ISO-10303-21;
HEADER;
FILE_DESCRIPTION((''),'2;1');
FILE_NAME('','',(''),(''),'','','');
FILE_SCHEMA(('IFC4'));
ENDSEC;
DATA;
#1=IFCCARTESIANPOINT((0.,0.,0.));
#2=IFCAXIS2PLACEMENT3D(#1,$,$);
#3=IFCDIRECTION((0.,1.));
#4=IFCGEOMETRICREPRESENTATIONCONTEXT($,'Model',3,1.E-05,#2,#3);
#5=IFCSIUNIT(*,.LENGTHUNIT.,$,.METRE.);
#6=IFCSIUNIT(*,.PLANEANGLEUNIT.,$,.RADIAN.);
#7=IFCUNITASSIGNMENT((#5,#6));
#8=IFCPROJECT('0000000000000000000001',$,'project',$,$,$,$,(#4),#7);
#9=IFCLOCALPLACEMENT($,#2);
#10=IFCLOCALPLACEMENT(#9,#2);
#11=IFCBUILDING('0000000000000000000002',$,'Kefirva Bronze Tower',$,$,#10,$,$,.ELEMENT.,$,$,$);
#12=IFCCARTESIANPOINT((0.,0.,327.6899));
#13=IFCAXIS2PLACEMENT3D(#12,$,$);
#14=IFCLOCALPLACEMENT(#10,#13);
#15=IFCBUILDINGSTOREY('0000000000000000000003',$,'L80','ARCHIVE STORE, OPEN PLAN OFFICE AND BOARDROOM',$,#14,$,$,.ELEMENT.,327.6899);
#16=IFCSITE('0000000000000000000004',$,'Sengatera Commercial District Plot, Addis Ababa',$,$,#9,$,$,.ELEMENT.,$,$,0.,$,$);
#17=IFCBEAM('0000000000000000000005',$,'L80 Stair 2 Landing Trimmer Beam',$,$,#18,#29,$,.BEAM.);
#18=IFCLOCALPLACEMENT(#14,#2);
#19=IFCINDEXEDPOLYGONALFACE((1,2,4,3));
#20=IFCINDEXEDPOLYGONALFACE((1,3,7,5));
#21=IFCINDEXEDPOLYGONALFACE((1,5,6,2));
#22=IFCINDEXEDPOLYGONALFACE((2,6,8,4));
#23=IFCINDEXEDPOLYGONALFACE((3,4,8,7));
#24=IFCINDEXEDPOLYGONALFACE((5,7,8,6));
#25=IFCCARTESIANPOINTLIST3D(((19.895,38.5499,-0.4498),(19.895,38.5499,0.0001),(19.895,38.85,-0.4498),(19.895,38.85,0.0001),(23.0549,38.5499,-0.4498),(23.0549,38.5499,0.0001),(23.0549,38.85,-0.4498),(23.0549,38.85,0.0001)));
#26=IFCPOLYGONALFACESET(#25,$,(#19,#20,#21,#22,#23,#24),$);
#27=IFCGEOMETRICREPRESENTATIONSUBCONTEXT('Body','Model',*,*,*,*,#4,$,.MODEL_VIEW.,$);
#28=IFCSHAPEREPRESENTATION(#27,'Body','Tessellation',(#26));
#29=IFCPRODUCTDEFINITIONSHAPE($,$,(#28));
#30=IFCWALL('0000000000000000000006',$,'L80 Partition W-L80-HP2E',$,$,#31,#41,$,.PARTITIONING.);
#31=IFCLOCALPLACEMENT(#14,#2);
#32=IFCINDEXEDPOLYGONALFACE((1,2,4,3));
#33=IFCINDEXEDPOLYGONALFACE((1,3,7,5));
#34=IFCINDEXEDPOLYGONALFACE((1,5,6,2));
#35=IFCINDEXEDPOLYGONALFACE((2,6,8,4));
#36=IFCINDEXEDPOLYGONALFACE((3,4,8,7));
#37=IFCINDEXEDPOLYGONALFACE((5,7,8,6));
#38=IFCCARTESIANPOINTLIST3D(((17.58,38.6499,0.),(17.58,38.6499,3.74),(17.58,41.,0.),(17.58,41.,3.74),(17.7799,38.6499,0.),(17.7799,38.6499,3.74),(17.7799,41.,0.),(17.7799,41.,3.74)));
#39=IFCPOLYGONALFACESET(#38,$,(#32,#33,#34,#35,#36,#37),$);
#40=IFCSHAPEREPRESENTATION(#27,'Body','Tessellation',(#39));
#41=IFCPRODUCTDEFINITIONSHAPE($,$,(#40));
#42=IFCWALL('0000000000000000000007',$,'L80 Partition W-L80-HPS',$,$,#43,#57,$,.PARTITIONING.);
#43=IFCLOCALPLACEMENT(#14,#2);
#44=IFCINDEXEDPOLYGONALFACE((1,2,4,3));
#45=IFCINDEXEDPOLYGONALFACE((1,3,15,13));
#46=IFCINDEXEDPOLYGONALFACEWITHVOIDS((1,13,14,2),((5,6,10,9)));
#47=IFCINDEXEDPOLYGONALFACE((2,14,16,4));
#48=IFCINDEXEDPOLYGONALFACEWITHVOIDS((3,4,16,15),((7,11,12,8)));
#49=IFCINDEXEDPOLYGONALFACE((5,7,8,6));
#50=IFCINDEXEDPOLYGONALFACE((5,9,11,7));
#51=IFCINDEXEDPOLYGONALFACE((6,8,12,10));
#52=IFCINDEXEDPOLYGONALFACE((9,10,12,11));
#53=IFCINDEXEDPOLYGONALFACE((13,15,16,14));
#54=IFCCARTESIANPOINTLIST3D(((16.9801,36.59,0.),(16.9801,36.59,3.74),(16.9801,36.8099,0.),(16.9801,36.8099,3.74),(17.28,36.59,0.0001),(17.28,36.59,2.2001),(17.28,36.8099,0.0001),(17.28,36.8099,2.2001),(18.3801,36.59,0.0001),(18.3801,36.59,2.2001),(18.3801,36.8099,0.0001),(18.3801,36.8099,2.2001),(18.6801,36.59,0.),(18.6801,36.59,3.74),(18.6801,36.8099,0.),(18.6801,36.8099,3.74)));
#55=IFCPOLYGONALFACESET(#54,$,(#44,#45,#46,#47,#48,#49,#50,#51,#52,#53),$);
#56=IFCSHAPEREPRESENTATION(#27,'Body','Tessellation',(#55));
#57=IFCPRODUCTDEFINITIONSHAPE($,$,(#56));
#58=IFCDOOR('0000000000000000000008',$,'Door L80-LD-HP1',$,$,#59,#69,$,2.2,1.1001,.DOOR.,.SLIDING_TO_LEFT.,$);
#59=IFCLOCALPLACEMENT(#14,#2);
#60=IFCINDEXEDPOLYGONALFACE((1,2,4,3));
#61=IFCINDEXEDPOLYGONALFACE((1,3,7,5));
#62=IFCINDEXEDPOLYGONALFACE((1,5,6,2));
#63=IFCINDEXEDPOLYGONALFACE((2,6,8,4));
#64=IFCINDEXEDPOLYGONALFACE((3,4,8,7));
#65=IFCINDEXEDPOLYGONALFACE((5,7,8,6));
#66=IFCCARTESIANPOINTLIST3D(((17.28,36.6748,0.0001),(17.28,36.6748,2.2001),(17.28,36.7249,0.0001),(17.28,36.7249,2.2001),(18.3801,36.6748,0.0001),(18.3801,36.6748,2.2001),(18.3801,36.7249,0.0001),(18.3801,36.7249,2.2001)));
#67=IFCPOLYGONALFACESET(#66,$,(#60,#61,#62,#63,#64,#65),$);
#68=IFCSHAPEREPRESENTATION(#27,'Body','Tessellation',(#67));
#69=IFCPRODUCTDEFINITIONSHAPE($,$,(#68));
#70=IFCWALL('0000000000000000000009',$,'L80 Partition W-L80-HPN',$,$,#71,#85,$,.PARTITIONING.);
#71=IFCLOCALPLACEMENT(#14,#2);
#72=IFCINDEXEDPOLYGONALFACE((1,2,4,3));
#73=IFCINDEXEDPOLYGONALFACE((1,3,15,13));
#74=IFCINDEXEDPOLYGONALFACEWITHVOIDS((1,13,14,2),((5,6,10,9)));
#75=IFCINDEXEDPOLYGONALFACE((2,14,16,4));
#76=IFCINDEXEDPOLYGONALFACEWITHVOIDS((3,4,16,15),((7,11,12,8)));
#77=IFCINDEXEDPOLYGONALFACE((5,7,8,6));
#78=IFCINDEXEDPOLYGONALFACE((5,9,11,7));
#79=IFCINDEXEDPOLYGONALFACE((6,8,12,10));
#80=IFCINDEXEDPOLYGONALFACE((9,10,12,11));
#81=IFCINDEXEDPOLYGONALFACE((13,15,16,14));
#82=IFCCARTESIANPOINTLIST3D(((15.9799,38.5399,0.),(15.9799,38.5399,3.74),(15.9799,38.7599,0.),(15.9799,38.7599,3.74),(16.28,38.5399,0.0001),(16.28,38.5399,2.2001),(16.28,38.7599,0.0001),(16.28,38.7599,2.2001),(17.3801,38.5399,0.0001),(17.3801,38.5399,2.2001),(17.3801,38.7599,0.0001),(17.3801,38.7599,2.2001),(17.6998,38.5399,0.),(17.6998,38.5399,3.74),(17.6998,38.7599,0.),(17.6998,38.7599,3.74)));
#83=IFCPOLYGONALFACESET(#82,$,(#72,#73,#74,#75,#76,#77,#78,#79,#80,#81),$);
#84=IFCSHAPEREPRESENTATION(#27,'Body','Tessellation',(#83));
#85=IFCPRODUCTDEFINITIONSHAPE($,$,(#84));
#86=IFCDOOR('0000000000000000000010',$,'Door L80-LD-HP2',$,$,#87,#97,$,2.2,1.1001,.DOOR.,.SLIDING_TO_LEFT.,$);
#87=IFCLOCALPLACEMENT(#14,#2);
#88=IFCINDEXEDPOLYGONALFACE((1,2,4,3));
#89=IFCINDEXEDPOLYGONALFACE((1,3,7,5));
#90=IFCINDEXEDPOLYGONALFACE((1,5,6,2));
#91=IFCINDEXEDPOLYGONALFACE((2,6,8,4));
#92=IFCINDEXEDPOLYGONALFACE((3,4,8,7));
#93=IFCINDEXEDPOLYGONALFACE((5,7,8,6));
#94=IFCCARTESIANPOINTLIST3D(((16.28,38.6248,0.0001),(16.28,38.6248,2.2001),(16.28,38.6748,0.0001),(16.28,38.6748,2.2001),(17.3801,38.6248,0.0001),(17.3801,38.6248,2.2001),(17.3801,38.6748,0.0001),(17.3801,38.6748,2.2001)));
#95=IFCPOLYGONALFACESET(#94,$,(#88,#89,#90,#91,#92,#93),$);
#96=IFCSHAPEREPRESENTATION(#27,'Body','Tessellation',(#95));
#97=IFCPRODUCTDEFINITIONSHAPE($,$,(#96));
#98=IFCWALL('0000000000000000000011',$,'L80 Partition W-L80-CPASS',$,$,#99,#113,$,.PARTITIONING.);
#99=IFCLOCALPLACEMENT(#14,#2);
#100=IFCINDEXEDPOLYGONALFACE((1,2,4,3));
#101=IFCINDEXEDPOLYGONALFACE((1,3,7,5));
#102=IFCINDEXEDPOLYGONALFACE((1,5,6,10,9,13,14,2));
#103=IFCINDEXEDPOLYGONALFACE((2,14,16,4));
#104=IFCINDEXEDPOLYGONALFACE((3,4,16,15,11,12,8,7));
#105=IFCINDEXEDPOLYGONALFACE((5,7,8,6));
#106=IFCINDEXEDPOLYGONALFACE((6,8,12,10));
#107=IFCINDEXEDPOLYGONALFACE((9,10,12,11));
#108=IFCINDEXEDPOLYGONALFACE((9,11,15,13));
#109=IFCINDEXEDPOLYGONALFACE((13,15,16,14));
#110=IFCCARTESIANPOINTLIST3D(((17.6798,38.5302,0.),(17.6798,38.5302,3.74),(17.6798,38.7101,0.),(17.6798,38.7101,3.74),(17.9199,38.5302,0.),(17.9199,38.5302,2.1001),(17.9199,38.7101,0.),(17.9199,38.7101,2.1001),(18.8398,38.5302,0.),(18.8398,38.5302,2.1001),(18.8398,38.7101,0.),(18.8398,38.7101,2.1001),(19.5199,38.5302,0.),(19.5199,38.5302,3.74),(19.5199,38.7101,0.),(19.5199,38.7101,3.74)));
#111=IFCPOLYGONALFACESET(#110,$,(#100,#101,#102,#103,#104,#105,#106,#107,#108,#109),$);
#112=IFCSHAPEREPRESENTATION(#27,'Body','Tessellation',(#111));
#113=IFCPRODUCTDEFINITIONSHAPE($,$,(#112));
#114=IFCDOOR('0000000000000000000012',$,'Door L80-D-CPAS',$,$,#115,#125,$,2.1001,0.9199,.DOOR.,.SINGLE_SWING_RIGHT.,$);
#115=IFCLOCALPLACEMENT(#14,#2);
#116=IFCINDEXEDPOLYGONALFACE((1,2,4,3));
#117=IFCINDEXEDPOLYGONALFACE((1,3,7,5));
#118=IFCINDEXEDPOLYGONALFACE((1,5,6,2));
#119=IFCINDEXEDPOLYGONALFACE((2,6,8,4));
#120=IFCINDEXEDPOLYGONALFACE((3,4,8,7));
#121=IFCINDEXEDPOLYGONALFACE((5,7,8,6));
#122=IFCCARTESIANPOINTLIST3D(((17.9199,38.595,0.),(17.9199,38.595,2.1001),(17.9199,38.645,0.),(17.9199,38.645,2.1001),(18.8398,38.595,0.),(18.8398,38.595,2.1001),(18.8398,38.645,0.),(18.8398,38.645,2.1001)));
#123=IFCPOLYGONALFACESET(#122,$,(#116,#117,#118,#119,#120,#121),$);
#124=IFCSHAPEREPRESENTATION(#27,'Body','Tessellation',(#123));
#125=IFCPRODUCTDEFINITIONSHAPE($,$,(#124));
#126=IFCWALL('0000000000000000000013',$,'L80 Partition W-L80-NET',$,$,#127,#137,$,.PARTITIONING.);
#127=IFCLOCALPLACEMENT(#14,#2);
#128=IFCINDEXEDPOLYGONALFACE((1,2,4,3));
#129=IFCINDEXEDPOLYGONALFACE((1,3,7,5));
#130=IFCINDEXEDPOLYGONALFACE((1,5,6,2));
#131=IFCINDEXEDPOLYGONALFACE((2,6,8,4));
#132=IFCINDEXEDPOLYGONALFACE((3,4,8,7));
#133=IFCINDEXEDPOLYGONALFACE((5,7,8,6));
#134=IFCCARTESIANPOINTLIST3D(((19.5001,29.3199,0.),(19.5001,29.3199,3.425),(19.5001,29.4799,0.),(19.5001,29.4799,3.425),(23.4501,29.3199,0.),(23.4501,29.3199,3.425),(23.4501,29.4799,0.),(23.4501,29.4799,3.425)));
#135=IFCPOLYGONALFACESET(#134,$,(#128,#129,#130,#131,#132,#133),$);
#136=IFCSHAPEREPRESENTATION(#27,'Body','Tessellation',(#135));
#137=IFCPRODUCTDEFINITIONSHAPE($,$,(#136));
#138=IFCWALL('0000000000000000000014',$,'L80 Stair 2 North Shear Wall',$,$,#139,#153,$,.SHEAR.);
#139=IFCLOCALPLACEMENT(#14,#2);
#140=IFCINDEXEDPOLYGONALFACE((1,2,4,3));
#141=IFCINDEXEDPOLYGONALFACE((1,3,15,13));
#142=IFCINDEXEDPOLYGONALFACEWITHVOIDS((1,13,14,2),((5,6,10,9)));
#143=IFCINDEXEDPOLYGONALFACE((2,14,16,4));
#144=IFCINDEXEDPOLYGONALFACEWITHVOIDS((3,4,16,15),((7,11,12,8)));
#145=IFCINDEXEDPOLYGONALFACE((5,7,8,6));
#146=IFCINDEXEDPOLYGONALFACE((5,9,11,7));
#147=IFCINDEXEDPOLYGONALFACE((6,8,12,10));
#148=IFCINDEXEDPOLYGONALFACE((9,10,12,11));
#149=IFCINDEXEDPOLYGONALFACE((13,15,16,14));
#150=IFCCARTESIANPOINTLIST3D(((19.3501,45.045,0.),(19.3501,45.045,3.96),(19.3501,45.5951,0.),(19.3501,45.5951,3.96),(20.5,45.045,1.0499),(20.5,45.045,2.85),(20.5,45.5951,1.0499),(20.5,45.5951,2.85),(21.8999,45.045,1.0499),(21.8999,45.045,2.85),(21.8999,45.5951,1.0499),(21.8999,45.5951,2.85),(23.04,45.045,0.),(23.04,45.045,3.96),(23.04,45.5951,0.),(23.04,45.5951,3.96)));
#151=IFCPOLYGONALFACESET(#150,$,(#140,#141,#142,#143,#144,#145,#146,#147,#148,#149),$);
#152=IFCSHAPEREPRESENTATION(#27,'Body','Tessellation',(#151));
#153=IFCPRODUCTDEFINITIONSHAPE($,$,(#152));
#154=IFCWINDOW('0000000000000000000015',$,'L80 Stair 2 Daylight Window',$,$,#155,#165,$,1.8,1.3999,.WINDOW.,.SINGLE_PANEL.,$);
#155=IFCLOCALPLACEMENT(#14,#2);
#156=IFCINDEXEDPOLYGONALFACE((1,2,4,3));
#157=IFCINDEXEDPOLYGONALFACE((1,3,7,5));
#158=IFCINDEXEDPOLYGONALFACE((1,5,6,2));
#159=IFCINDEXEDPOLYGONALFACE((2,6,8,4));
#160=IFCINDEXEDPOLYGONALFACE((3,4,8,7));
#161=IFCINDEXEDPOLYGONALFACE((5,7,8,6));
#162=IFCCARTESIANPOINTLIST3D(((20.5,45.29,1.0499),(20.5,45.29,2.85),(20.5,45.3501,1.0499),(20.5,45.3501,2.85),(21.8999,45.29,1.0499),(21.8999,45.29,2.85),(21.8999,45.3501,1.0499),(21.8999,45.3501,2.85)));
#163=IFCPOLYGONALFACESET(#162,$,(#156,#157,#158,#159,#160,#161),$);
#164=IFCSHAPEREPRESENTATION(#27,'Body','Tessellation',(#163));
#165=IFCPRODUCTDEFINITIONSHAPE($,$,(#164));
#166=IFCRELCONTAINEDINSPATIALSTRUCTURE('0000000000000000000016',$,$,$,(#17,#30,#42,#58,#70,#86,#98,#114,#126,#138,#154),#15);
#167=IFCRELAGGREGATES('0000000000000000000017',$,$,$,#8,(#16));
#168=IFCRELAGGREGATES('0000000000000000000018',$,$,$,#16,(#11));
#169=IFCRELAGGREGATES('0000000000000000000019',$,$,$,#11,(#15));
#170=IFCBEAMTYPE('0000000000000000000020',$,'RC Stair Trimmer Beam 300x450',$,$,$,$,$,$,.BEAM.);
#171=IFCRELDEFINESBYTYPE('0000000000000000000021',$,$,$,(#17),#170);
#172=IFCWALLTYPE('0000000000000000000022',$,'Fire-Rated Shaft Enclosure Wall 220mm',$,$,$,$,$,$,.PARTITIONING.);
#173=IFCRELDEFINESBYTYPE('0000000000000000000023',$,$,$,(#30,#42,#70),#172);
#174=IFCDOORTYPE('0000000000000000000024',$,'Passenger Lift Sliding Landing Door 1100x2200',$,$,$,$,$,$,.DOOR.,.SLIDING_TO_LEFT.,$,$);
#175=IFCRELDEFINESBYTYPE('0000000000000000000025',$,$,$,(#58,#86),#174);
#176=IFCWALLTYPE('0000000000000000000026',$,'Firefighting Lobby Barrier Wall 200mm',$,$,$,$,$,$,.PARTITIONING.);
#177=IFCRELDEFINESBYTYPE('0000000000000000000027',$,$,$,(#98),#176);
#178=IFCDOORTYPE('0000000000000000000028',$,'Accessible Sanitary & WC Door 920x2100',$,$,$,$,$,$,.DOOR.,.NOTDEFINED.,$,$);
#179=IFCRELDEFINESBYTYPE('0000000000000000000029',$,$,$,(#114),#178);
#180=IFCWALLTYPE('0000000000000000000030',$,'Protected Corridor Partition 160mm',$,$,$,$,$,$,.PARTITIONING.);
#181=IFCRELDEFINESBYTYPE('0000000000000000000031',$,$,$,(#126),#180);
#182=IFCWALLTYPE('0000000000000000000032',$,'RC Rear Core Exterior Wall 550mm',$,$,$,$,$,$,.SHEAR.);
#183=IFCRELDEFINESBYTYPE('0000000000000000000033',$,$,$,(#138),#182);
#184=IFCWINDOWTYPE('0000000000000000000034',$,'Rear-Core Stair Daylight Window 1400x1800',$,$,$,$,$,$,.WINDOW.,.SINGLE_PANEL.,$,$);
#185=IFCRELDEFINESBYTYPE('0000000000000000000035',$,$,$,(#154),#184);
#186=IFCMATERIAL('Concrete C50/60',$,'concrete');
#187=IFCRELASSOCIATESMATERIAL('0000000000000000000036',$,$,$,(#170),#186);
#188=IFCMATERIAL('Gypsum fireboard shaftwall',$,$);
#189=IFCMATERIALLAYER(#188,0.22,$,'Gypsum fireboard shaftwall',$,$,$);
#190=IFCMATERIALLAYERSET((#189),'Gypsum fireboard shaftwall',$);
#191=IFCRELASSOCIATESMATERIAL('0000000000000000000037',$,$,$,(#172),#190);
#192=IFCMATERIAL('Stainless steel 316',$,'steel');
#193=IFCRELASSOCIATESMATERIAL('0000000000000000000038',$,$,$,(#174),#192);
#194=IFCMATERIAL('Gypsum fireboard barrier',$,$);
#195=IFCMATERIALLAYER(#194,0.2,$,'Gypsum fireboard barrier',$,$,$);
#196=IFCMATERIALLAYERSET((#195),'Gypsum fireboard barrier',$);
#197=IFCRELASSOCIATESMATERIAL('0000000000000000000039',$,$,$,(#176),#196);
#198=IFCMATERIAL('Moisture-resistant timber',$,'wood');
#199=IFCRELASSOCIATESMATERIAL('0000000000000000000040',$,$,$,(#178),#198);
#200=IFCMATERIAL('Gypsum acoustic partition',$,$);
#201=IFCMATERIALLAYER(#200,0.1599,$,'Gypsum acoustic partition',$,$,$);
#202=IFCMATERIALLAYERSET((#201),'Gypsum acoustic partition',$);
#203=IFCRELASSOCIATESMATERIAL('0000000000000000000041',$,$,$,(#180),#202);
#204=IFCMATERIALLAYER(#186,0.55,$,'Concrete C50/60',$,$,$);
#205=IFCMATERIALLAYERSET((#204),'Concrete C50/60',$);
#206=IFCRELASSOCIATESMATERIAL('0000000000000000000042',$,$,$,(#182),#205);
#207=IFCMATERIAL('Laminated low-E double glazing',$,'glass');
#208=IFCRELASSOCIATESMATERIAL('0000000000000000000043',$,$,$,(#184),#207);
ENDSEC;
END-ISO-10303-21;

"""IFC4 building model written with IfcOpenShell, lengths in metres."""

from ifc_helpers import new_model, si_unit, direction, frame, frame_2d, origin, origin_2d, place, context, subcontext, project, spatial, rectangle, extrude, material, layer, layer_set, material_profile, profile_set, type_object, element, fill, save


model = new_model("IFC4")

# Units and contexts
model_context = context("Model", 3, precision=1e-05, world=origin(), true_north=direction((0.0, 1.0)))
body_context = subcontext(model_context, "Body", "Model", "MODEL_VIEW")
ifc_project = project(units=[si_unit("LENGTHUNIT", "METRE"), si_unit("PLANEANGLEUNIT", "RADIAN")], contexts=[model_context])

# Site, building, storey
site_placement = place(None, origin())
site = spatial("IfcSite", under=ifc_project, at=site_placement, Name="Sengatera Commercial District Plot, Addis Ababa", CompositionType="ELEMENT", RefElevation=0.0)
building_placement = place(site_placement, origin())
building = spatial("IfcBuilding", under=site, at=building_placement, Name="Kefirva Bronze Tower", CompositionType="ELEMENT")
storey_placement = place(building_placement, frame((0.0, 0.0, 327.6899)))
storey = spatial("IfcBuildingStorey", under=building, at=storey_placement, Name="L80", Description="ARCHIVE STORE, OPEN PLAN OFFICE AND BOARDROOM", CompositionType="ELEMENT", Elevation=327.6899)

# Beam
ifc_material_1 = material(Name="Concrete C50/60", Category="concrete")
ifc_material_profile = material_profile(ifc_material_1, rectangle(XDim=0.3, YDim=0.45, at=origin_2d()), Name="RC 300x450")
ifc_profile_set = profile_set([ifc_material_profile], Name="Concrete C50/60")
beam_type = type_object("IfcBeamType", Name="RC Stair Trimmer Beam 300x450", PredefinedType="BEAM", material=ifc_profile_set)
beam_placement = place(storey_placement, frame((19.895, 38.7, -0.2249), z_axis=(1.0, 0.0, 0.0), x_axis=(0.0, 1.0, 0.0)))
element("IfcBeam", 1, at=beam_placement, inside=storey, type_object=beam_type, Name="L80 Stair 2 Landing Trimmer Beam", PredefinedType="BEAM", context=body_context, shape_type="SweptSolid", body=[
    extrude(rectangle(XDim=0.3, YDim=0.45, at=origin_2d()), origin(), (0.0, 0.0, 1.0), 3.1599),
])

# Shared definitions
ifc_material_2 = material(Name="Gypsum acoustic partition")
ifc_material_3 = material(Name="Gypsum fireboard shaftwall")
ifc_layer_1 = layer(ifc_material_3, 0.22, Name="Gypsum fireboard shaftwall")
ifc_layer_set_1 = layer_set([ifc_layer_1], Name="Gypsum fireboard shaftwall")
wall_type_1 = type_object("IfcWallType", Name="Fire-Rated Shaft Enclosure Wall 220mm", PredefinedType="PARTITIONING", material=ifc_layer_set_1)

# Wall
wall_1_placement = place(storey_placement, frame((17.6799, 38.6499, 0.0), z_axis=(0.0, 0.0, 1.0), x_axis=(0.0, 1.0, 0.0)))
element("IfcWall", 2, at=wall_1_placement, inside=storey, type_object=wall_type_1, Name="L80 Partition W-L80-HP2E", PredefinedType="PARTITIONING", context=body_context, shape_type="SweptSolid", body=[
    extrude(rectangle(XDim=2.3501, YDim=0.2, at=frame_2d((1.175, 0.0))), origin(), (0.0, 0.0, 1.0), 3.74),
])

# Walls, openings, doors
wall_2_placement = place(storey_placement, frame((16.98, 36.7, 0.0), z_axis=(0.0, 0.0, 1.0), x_axis=(1.0, 0.0, 0.0)))
wall_2 = element("IfcWall", 3, at=wall_2_placement, inside=storey, type_object=wall_type_1, Name="L80 Partition W-L80-HPS", PredefinedType="PARTITIONING", context=body_context, shape_type="SweptSolid", body=[
    extrude(rectangle(XDim=1.7, YDim=0.22, at=frame_2d((0.8501, 0.0))), origin(), (0.0, 0.0, 1.0), 3.74),
])
opening_1_placement = place(wall_2_placement, frame((0.3, 0.0, 0.0)))
opening_1 = element("IfcOpeningElement", 4, at=opening_1_placement, cuts=wall_2, PredefinedType="OPENING", context=body_context, shape_type="SweptSolid", body=[
    extrude(rectangle(XDim=1.1001, YDim=2.2, at=frame_2d((0.55, 1.1001))), frame((0.0, 0.1201, 0.0), z_axis=(0.0, -1.0, 0.0), x_axis=(1.0, 0.0, 0.0)), (0.0, 0.0, 1.0), 0.24),
])
ifc_material_4 = material(Name="Stainless steel 316", Category="steel")
door_type_1 = type_object("IfcDoorType", Name="Passenger Lift Sliding Landing Door 1100x2200", OperationType="SLIDING_TO_LEFT", PredefinedType="DOOR", material=ifc_material_4)
door_1_placement = place(opening_1_placement, origin())
door_1 = element("IfcDoor", 5, at=door_1_placement, inside=storey, type_object=door_type_1, Name="Door L80-LD-HP1", OperationType="SLIDING_TO_LEFT", OverallHeight=2.2, OverallWidth=1.1001, PredefinedType="DOOR", context=body_context, shape_type="SweptSolid", body=[
    extrude(rectangle(XDim=1.1001, YDim=2.2, at=frame_2d((0.55, 1.1001))), frame((0.0, 0.0249, 0.0), z_axis=(0.0, -1.0, 0.0), x_axis=(1.0, 0.0, 0.0)), (0.0, 0.0, 1.0), 0.05),
])
fill(opening_1, door_1)
wall_3_placement = place(storey_placement, frame((15.98, 38.6499, 0.0), z_axis=(0.0, 0.0, 1.0), x_axis=(1.0, 0.0, 0.0)))
wall_3 = element("IfcWall", 6, at=wall_3_placement, inside=storey, type_object=wall_type_1, Name="L80 Partition W-L80-HPN", PredefinedType="PARTITIONING", context=body_context, shape_type="SweptSolid", body=[
    extrude(rectangle(XDim=1.72, YDim=0.22, at=frame_2d((0.8599, 0.0))), origin(), (0.0, 0.0, 1.0), 3.74),
])
opening_2_placement = place(wall_3_placement, frame((0.3, 0.0, 0.0)))
opening_2 = element("IfcOpeningElement", 7, at=opening_2_placement, cuts=wall_3, PredefinedType="OPENING", context=body_context, shape_type="SweptSolid", body=[
    extrude(rectangle(XDim=1.1001, YDim=2.2, at=frame_2d((0.55, 1.1001))), frame((0.0, 0.1201, 0.0), z_axis=(0.0, -1.0, 0.0), x_axis=(1.0, 0.0, 0.0)), (0.0, 0.0, 1.0), 0.24),
])
door_2_placement = place(opening_2_placement, origin())
door_2 = element("IfcDoor", 8, at=door_2_placement, inside=storey, type_object=door_type_1, Name="Door L80-LD-HP2", OperationType="SLIDING_TO_LEFT", OverallHeight=2.2, OverallWidth=1.1001, PredefinedType="DOOR", context=body_context, shape_type="SweptSolid", body=[
    extrude(rectangle(XDim=1.1001, YDim=2.2, at=frame_2d((0.55, 1.1001))), frame((0.0, 0.0249, 0.0), z_axis=(0.0, -1.0, 0.0), x_axis=(1.0, 0.0, 0.0)), (0.0, 0.0, 1.0), 0.05),
])
fill(opening_2, door_2)
ifc_material_5 = material(Name="Gypsum fireboard barrier")
ifc_layer_2 = layer(ifc_material_5, 0.2, Name="Gypsum fireboard barrier")
ifc_layer_set_2 = layer_set([ifc_layer_2], Name="Gypsum fireboard barrier")
wall_type_2 = type_object("IfcWallType", Name="Firefighting Lobby Barrier Wall 200mm", PredefinedType="PARTITIONING", material=ifc_layer_set_2)
wall_4_placement = place(storey_placement, frame((17.6799, 38.6201, 0.0), z_axis=(0.0, 0.0, 1.0), x_axis=(1.0, 0.0, 0.0)))
wall_4 = element("IfcWall", 9, at=wall_4_placement, inside=storey, type_object=wall_type_2, Name="L80 Partition W-L80-CPASS", PredefinedType="PARTITIONING", context=body_context, shape_type="SweptSolid", body=[
    extrude(rectangle(XDim=1.8401, YDim=0.1799, at=frame_2d((0.9199, 0.0))), origin(), (0.0, 0.0, 1.0), 3.74),
])
opening_3_placement = place(wall_4_placement, frame((0.24, 0.0, 0.0)))
opening_3 = element("IfcOpeningElement", 10, at=opening_3_placement, cuts=wall_4, PredefinedType="OPENING", context=body_context, shape_type="SweptSolid", body=[
    extrude(rectangle(XDim=0.9199, YDim=2.1001, at=frame_2d((0.46, 1.05))), frame((0.0, 0.1001, 0.0), z_axis=(0.0, -1.0, 0.0), x_axis=(1.0, 0.0, 0.0)), (0.0, 0.0, 1.0), 0.2),
])
ifc_material_6 = material(Name="Moisture-resistant timber", Category="wood")
door_type_2 = type_object("IfcDoorType", Name="Accessible Sanitary & WC Door 920x2100", OperationType="NOTDEFINED", PredefinedType="DOOR", material=ifc_material_6)
door_3_placement = place(opening_3_placement, origin())
door_3 = element("IfcDoor", 11, at=door_3_placement, inside=storey, type_object=door_type_2, Name="Door L80-D-CPAS", OperationType="SINGLE_SWING_RIGHT", OverallHeight=2.1001, OverallWidth=0.9199, PredefinedType="DOOR", context=body_context, shape_type="SweptSolid", body=[
    extrude(rectangle(XDim=0.9199, YDim=2.1001, at=frame_2d((0.46, 1.05))), frame((0.0, 0.0249, 0.0), z_axis=(0.0, -1.0, 0.0), x_axis=(1.0, 0.0, 0.0)), (0.0, 0.0, 1.0), 0.05),
])
fill(opening_3, door_3)

# Wall
ifc_layer_3 = layer(ifc_material_2, 0.1599, Name="Gypsum acoustic partition")
ifc_layer_set_3 = layer_set([ifc_layer_3], Name="Gypsum acoustic partition")
wall_type_3 = type_object("IfcWallType", Name="Protected Corridor Partition 160mm", PredefinedType="PARTITIONING", material=ifc_layer_set_3)
wall_5_placement = place(storey_placement, frame((19.5, 29.3999, 0.0), z_axis=(0.0, 0.0, 1.0), x_axis=(1.0, 0.0, 0.0)))
element("IfcWall", 12, at=wall_5_placement, inside=storey, type_object=wall_type_3, Name="L80 Partition W-L80-NET", PredefinedType="PARTITIONING", context=body_context, shape_type="SweptSolid", body=[
    extrude(rectangle(XDim=3.95, YDim=0.1599, at=frame_2d((1.9751, 0.0))), origin(), (0.0, 0.0, 1.0), 3.425),
])

# Wall, opening, window
ifc_layer_4 = layer(ifc_material_1, 0.55, Name="Concrete C50/60")
ifc_layer_set_4 = layer_set([ifc_layer_4], Name="Concrete C50/60")
wall_type_4 = type_object("IfcWallType", Name="RC Rear Core Exterior Wall 550mm", PredefinedType="SHEAR", material=ifc_layer_set_4)
wall_6_placement = place(storey_placement, frame((19.3501, 45.3201, 0.0), z_axis=(0.0, 0.0, 1.0), x_axis=(1.0, 0.0, 0.0)))
wall_6 = element("IfcWall", 13, at=wall_6_placement, inside=storey, type_object=wall_type_4, Name="L80 Stair 2 North Shear Wall", PredefinedType="SHEAR", context=body_context, shape_type="SweptSolid", body=[
    extrude(rectangle(XDim=3.6899, YDim=0.55, at=frame_2d((1.845, 0.0))), origin(), (0.0, 0.0, 1.0), 3.96),
])
opening_4_placement = place(wall_6_placement, frame((1.1499, 0.0, 1.05)))
opening_4 = element("IfcOpeningElement", 14, at=opening_4_placement, cuts=wall_6, PredefinedType="OPENING", context=body_context, shape_type="SweptSolid", body=[
    extrude(rectangle(XDim=1.3999, YDim=1.8, at=frame_2d((0.7, 0.8999))), frame((0.0, 0.2852, 0.0), z_axis=(0.0, -1.0, 0.0), x_axis=(1.0, 0.0, 0.0)), (0.0, 0.0, 1.0), 0.5701),
])
ifc_material_7 = material(Name="Laminated low-E double glazing", Category="glass")
window_type = type_object("IfcWindowType", Name="Rear-Core Stair Daylight Window 1400x1800", PartitioningType="SINGLE_PANEL", PredefinedType="WINDOW", material=ifc_material_7)
window_placement = place(opening_4_placement, origin())
window = element("IfcWindow", 15, at=window_placement, inside=storey, type_object=window_type, Name="L80 Stair 2 Daylight Window", OverallHeight=1.8, OverallWidth=1.3999, PartitioningType="SINGLE_PANEL", PredefinedType="WINDOW", context=body_context, shape_type="SweptSolid", body=[
    extrude(rectangle(XDim=1.3999, YDim=1.8, at=frame_2d((0.7, 0.8999))), frame((0.0, 0.03, 0.0), z_axis=(0.0, -1.0, 0.0), x_axis=(1.0, 0.0, 0.0)), (0.0, 0.0, 1.0), 0.0601),
])
fill(opening_4, window)

save(model, "model.ifc")
